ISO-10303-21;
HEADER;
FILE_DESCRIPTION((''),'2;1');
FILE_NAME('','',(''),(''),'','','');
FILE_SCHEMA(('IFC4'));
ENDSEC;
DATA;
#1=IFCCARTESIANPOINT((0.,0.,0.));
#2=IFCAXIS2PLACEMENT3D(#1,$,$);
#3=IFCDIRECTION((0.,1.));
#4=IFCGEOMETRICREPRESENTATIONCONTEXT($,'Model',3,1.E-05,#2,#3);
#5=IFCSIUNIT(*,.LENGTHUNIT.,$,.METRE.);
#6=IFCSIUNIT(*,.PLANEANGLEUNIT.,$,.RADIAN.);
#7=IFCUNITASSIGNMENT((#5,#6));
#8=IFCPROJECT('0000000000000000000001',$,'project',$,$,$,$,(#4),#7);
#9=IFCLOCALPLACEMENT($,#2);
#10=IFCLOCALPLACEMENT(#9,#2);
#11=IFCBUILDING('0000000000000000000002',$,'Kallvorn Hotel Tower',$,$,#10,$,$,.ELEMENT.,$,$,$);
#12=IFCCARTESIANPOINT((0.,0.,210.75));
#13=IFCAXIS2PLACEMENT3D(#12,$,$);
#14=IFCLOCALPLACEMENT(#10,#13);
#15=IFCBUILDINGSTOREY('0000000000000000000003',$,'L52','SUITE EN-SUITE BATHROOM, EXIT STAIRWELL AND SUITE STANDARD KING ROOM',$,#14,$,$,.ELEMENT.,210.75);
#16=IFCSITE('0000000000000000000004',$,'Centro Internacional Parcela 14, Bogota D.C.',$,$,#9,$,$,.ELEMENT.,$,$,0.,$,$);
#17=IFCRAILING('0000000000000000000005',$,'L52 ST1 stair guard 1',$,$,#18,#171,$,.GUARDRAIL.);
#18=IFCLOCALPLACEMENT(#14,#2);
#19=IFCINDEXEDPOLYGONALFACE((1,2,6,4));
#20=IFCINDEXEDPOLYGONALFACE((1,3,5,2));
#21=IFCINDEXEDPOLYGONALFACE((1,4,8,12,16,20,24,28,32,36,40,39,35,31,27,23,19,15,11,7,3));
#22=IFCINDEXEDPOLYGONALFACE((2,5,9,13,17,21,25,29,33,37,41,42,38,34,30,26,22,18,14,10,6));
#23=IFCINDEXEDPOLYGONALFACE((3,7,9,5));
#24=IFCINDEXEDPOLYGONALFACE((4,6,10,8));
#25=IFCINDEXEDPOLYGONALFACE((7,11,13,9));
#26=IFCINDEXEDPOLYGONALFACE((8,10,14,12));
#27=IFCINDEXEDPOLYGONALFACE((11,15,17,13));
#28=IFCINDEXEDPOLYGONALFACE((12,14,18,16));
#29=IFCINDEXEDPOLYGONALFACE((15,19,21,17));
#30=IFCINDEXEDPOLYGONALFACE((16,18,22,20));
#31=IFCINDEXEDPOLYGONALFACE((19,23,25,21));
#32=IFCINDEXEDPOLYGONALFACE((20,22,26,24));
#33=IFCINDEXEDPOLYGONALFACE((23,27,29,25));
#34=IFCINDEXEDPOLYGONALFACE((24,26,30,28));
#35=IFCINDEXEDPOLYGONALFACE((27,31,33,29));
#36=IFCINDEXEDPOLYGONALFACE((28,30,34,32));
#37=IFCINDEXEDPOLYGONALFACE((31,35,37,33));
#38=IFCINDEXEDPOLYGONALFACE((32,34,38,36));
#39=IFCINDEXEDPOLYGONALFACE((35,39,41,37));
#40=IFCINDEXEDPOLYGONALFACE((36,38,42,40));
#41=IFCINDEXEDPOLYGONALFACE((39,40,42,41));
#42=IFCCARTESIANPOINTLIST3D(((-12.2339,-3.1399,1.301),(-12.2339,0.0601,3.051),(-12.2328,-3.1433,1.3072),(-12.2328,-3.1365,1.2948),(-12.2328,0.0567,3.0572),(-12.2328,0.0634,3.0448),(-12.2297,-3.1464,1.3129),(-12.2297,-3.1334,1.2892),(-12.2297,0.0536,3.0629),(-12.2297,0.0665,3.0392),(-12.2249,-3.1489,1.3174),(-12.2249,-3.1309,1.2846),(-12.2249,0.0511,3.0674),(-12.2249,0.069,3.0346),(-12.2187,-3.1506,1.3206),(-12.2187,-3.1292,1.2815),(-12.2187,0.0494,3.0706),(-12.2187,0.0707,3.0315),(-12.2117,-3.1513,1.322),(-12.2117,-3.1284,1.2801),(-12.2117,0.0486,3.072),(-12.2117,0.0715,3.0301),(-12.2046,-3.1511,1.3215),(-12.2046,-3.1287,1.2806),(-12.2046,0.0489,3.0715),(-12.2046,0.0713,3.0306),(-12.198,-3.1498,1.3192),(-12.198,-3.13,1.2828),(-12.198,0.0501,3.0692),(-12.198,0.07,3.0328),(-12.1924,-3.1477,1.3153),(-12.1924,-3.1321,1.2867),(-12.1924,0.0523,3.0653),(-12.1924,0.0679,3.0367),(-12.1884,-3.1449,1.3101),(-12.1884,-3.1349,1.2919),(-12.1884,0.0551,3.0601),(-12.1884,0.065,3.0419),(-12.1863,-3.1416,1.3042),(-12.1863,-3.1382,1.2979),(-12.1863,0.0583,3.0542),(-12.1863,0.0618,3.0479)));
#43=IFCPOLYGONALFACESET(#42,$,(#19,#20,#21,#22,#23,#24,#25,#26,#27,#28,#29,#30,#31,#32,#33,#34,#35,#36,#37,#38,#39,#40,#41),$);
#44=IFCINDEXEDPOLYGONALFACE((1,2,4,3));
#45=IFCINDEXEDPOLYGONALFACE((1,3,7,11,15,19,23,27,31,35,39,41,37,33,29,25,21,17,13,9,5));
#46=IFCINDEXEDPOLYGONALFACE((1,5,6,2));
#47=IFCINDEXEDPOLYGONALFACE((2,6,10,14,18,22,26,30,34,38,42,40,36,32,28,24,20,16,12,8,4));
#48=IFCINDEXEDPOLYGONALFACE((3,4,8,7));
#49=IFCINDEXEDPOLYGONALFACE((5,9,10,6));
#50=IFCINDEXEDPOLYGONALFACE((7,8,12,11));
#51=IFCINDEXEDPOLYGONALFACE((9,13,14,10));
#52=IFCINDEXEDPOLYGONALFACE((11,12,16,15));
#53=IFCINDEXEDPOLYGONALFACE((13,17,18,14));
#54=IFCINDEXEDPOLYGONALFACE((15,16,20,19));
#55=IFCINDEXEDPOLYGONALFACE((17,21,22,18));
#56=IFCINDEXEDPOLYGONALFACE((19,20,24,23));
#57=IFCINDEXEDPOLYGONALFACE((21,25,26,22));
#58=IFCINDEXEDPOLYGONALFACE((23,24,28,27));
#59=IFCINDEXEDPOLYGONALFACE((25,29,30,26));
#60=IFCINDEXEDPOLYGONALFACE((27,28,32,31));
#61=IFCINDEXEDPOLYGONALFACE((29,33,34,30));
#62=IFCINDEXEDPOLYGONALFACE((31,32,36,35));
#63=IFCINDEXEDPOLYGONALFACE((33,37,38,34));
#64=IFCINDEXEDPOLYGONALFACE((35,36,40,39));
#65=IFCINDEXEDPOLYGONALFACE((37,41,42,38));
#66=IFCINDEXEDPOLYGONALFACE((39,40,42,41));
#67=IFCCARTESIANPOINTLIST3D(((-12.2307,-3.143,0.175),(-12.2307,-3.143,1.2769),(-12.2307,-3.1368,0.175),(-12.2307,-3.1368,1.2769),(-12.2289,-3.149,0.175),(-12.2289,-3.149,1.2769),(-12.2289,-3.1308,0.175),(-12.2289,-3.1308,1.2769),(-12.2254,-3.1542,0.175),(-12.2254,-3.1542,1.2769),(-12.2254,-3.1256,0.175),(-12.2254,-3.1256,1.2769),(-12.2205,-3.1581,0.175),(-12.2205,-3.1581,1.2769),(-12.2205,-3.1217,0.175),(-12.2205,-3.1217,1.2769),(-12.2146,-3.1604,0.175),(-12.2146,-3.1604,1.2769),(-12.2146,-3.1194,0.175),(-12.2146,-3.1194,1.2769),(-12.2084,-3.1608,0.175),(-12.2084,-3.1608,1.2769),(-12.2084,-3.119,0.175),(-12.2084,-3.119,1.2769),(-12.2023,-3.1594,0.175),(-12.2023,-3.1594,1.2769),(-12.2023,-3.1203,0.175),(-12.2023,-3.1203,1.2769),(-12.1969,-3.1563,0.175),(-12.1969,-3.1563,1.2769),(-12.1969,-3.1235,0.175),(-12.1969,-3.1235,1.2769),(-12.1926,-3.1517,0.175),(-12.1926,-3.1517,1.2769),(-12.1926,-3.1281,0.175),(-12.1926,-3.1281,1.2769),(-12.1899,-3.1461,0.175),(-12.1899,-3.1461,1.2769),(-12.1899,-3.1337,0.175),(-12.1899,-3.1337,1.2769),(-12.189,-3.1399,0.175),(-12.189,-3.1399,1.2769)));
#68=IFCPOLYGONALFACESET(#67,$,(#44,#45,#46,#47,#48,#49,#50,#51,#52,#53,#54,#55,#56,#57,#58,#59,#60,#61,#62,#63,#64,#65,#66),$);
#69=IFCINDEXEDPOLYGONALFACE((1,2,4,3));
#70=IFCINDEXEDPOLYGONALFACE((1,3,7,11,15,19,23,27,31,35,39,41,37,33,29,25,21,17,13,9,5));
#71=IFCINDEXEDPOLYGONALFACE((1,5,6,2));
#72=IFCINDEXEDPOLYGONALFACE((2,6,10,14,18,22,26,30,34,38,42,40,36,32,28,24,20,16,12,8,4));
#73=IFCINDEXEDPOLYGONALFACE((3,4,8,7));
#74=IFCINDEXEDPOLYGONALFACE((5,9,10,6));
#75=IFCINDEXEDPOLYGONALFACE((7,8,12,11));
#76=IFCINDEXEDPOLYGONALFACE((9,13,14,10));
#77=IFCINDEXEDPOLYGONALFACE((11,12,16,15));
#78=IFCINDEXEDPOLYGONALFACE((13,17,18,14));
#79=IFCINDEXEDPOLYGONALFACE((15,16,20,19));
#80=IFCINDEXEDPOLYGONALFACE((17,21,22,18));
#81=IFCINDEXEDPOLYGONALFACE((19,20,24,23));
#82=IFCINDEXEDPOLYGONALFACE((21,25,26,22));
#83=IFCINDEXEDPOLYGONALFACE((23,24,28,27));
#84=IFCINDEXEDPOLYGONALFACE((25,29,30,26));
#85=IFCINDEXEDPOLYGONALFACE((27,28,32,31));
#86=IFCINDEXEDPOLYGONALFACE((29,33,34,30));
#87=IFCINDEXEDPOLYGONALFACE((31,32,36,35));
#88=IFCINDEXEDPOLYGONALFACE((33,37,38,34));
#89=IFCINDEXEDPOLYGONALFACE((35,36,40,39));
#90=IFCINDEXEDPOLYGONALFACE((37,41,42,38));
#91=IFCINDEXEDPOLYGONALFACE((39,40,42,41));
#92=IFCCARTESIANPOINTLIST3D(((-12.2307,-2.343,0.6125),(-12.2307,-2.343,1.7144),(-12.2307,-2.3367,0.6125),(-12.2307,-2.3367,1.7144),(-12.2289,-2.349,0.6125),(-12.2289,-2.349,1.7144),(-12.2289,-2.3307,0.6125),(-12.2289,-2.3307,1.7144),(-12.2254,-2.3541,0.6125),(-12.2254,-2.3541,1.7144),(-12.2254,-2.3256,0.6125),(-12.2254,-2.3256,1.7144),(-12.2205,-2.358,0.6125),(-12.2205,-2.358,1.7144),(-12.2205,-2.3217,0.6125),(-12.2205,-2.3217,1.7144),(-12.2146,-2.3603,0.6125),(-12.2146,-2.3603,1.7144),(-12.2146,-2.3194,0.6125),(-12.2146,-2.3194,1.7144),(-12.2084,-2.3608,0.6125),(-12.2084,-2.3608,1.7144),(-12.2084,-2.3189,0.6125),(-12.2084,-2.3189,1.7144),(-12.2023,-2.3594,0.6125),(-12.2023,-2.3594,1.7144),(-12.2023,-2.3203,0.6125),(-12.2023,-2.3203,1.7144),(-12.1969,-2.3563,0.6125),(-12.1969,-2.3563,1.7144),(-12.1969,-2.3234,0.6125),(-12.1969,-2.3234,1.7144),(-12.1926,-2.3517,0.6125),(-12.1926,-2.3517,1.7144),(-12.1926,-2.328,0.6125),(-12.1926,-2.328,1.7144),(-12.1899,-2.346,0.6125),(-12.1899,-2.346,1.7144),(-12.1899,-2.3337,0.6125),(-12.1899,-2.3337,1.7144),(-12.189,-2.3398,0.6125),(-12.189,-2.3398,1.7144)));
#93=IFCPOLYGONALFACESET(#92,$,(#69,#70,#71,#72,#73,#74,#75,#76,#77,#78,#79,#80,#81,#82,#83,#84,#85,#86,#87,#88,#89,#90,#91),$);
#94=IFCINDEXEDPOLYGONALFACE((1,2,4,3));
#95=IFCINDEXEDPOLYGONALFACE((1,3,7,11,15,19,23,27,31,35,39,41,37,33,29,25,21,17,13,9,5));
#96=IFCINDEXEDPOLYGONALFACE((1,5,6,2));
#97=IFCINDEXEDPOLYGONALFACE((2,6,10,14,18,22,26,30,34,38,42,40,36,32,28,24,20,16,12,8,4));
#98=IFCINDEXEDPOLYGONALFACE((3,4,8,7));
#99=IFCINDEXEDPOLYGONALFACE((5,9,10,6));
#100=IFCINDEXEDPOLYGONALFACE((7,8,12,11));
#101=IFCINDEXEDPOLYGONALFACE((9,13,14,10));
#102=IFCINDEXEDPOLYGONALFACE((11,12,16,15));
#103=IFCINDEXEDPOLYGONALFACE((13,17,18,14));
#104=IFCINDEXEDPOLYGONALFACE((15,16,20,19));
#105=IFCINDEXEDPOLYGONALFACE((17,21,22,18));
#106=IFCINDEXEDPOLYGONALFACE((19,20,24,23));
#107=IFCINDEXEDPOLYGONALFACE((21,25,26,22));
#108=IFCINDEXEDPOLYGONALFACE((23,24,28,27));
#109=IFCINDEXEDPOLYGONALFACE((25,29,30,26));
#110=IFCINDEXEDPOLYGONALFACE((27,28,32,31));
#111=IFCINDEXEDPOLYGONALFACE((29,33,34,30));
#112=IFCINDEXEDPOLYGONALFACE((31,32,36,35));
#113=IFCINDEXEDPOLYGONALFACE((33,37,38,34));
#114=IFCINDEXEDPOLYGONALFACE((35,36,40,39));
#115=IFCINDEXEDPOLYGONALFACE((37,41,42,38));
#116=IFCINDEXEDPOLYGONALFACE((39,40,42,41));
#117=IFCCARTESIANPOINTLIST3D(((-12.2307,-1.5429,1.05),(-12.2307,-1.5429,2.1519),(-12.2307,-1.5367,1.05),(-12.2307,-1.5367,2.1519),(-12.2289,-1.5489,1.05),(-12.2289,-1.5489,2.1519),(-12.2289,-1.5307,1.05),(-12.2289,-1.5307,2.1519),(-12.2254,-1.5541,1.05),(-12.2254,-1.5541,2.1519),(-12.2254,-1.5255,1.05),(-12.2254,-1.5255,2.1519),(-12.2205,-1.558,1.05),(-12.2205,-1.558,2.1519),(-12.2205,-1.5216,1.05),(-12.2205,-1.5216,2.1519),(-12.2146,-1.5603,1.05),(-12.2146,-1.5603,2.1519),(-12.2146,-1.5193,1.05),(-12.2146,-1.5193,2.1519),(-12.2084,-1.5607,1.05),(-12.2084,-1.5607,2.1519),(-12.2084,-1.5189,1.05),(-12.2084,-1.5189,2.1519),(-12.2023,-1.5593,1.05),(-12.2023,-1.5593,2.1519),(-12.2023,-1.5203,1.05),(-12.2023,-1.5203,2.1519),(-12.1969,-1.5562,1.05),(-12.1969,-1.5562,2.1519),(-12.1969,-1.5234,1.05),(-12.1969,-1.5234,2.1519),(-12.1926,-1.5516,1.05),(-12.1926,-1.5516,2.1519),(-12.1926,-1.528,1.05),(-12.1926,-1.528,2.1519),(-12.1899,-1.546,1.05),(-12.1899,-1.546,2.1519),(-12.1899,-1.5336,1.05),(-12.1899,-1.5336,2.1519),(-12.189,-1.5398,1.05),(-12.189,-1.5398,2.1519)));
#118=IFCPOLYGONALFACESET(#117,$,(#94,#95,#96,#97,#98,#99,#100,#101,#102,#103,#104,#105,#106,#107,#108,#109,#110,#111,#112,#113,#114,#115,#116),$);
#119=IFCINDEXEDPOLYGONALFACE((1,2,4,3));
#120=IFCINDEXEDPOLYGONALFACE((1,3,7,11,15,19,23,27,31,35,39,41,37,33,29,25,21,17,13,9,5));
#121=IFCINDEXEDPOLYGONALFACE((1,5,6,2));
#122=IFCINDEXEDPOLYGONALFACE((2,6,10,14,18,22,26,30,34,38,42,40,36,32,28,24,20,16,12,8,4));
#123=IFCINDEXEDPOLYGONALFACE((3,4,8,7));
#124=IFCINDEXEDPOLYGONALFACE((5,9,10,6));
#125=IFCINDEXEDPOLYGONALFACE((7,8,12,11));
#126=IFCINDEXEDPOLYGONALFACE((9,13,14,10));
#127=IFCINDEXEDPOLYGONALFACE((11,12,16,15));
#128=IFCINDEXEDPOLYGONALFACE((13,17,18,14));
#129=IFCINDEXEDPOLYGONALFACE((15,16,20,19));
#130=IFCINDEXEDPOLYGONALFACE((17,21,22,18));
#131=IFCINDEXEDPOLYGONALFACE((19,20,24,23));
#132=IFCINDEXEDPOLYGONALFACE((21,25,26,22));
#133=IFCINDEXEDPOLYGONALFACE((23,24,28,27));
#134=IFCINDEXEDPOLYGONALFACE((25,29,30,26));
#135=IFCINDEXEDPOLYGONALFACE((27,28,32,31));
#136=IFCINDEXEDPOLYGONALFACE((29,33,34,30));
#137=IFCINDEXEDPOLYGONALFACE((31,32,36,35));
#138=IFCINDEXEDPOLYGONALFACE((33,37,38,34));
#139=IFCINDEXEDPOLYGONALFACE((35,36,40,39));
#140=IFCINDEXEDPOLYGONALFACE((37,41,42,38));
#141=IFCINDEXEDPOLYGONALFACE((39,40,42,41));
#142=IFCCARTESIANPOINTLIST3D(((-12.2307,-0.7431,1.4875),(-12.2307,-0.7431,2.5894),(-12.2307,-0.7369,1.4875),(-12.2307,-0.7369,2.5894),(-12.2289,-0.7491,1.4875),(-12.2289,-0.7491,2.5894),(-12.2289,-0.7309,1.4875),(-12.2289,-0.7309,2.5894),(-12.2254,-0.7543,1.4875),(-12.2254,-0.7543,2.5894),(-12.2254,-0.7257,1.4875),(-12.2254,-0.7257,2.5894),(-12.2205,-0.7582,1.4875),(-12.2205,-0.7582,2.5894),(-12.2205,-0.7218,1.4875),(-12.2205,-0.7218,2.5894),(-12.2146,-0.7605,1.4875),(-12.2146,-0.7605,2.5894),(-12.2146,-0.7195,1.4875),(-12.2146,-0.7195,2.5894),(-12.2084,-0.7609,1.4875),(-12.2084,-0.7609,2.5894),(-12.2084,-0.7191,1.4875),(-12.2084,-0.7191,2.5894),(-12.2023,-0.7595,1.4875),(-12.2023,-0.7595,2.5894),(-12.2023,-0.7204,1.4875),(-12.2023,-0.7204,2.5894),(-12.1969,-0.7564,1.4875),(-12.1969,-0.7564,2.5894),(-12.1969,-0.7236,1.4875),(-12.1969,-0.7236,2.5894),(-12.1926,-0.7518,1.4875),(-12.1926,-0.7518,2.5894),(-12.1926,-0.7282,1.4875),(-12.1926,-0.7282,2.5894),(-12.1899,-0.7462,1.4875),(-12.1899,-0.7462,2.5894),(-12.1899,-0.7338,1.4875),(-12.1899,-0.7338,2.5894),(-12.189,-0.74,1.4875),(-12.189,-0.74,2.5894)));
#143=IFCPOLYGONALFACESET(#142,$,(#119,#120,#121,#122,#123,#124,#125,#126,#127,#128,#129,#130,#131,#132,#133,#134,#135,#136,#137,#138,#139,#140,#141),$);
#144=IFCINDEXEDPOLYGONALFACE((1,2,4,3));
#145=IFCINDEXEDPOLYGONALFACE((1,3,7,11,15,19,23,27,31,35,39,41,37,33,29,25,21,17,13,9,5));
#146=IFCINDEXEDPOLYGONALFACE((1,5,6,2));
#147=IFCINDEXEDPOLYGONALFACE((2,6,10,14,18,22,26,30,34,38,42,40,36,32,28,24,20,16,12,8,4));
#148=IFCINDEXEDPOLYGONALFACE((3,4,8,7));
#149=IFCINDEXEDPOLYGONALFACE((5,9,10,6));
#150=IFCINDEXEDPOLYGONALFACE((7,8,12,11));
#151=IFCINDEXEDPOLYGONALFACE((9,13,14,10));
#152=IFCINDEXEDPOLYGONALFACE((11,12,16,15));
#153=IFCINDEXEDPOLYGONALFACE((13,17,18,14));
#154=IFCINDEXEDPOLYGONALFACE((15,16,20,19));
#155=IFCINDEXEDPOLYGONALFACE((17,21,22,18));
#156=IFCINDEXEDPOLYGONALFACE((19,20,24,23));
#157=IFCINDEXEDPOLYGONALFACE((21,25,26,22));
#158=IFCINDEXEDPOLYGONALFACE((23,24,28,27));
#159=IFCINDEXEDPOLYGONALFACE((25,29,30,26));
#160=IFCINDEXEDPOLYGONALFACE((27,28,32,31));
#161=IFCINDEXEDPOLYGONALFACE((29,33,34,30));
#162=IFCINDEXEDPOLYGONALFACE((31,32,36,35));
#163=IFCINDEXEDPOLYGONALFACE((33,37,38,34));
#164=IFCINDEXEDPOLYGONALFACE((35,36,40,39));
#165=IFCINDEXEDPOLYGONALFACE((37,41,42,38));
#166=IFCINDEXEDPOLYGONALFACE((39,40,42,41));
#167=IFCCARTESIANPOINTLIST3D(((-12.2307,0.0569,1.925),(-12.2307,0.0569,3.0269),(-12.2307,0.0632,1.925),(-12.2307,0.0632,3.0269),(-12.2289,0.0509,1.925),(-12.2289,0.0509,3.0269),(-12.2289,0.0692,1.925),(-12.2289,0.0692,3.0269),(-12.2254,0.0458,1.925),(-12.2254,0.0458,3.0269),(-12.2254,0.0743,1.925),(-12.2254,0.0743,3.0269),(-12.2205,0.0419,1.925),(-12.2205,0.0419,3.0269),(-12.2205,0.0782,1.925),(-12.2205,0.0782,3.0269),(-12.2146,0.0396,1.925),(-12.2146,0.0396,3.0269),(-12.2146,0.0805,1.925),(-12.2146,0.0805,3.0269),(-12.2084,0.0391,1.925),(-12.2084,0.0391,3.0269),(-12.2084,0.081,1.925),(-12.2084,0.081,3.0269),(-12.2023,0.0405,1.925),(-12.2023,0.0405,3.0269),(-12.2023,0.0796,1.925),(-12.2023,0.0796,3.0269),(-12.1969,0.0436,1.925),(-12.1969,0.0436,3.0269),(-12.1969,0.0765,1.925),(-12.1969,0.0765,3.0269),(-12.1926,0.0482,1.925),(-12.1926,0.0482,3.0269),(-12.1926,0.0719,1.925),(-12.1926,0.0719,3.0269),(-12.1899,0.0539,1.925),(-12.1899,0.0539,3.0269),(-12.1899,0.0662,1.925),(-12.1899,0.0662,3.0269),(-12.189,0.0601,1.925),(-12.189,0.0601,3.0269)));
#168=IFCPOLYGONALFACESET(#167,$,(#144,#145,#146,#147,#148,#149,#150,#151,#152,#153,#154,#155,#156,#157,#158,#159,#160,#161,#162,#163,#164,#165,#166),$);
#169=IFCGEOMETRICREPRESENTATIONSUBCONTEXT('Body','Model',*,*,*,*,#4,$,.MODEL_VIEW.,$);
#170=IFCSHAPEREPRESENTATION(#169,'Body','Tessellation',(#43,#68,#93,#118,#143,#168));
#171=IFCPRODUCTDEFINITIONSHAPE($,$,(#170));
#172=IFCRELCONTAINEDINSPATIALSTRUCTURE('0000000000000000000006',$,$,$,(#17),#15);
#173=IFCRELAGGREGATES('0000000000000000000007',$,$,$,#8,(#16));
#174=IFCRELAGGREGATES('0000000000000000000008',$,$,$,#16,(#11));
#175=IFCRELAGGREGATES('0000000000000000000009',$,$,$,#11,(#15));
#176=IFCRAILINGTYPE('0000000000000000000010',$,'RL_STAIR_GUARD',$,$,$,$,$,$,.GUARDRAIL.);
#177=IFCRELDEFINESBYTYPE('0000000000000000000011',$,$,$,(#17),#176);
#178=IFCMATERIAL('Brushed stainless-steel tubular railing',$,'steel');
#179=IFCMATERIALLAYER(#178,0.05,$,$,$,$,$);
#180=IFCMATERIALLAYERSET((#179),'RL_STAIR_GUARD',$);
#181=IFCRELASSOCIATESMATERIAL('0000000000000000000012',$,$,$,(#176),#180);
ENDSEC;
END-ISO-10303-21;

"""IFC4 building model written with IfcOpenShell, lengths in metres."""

from ifc_helpers import new_model, si_unit, direction, frame, origin, origin_2d, place, context, subcontext, project, spatial, circle, extrude, material, layer, layer_set, type_object, element, save


model = new_model("IFC4")

# Units and contexts
model_context = context("Model", 3, precision=1e-05, world=origin(), true_north=direction((0.0, 1.0)))
body_context = subcontext(model_context, "Body", "Model", "MODEL_VIEW")
ifc_project = project(units=[si_unit("LENGTHUNIT", "METRE"), si_unit("PLANEANGLEUNIT", "RADIAN")], contexts=[model_context])

# Site, building, storey
site_placement = place(None, origin())
site = spatial("IfcSite", under=ifc_project, at=site_placement, Name="Centro Internacional Parcela 14, Bogota D.C.", CompositionType="ELEMENT", RefElevation=0.0)
building_placement = place(site_placement, origin())
building = spatial("IfcBuilding", under=site, at=building_placement, Name="Kallvorn Hotel Tower", CompositionType="ELEMENT")
storey_placement = place(building_placement, frame((0.0, 0.0, 210.75)))
storey = spatial("IfcBuildingStorey", under=building, at=storey_placement, Name="L52", Description="SUITE EN-SUITE BATHROOM, EXIT STAIRWELL AND SUITE STANDARD KING ROOM", CompositionType="ELEMENT", Elevation=210.75)

# Railing
ifc_material_1 = material(Name="Brushed stainless-steel tubular railing", Category="steel")
ifc_layer_1 = layer(ifc_material_1, 0.05)
ifc_layer_set_1 = layer_set([ifc_layer_1], Name="RL_STAIR_GUARD")
railing_type_1 = type_object("IfcRailingType", Name="RL_STAIR_GUARD", PredefinedType="GUARDRAIL", material=ifc_layer_set_1)
railing_1_placement = place(storey_placement, frame((-12.21, -3.1399, 0.175)))
element("IfcRailing", 1, at=railing_1_placement, inside=storey, type_object=railing_type_1, Name="L52 ST1 stair guard 1", PredefinedType="GUARDRAIL", context=body_context, shape_type="SweptSolid", body=[
    extrude(circle(Radius=0.0239, at=origin_2d()), frame((0.0, 0.0, 1.126), z_axis=(0.0, 0.877368, 0.479818), x_axis=(-1.0, 0.0, 0.0)), (0.0, 0.0, 1.0), 3.6472),
    extrude(circle(Radius=0.021, at=origin_2d()), origin(), (0.0, 0.0, 1.0), 1.1018),
    extrude(circle(Radius=0.021, at=origin_2d()), frame((0.0, 0.8, 0.4375)), (0.0, 0.0, 1.0), 1.1018),
    extrude(circle(Radius=0.021, at=origin_2d()), frame((0.0, 1.6001, 0.875)), (0.0, 0.0, 1.0), 1.1018),
    extrude(circle(Radius=0.021, at=origin_2d()), frame((0.0, 2.3999, 1.3125)), (0.0, 0.0, 1.0), 1.1018),
    extrude(circle(Radius=0.021, at=origin_2d()), frame((0.0, 3.2, 1.75)), (0.0, 0.0, 1.0), 1.1018),
])

save(model, "model.ifc")
